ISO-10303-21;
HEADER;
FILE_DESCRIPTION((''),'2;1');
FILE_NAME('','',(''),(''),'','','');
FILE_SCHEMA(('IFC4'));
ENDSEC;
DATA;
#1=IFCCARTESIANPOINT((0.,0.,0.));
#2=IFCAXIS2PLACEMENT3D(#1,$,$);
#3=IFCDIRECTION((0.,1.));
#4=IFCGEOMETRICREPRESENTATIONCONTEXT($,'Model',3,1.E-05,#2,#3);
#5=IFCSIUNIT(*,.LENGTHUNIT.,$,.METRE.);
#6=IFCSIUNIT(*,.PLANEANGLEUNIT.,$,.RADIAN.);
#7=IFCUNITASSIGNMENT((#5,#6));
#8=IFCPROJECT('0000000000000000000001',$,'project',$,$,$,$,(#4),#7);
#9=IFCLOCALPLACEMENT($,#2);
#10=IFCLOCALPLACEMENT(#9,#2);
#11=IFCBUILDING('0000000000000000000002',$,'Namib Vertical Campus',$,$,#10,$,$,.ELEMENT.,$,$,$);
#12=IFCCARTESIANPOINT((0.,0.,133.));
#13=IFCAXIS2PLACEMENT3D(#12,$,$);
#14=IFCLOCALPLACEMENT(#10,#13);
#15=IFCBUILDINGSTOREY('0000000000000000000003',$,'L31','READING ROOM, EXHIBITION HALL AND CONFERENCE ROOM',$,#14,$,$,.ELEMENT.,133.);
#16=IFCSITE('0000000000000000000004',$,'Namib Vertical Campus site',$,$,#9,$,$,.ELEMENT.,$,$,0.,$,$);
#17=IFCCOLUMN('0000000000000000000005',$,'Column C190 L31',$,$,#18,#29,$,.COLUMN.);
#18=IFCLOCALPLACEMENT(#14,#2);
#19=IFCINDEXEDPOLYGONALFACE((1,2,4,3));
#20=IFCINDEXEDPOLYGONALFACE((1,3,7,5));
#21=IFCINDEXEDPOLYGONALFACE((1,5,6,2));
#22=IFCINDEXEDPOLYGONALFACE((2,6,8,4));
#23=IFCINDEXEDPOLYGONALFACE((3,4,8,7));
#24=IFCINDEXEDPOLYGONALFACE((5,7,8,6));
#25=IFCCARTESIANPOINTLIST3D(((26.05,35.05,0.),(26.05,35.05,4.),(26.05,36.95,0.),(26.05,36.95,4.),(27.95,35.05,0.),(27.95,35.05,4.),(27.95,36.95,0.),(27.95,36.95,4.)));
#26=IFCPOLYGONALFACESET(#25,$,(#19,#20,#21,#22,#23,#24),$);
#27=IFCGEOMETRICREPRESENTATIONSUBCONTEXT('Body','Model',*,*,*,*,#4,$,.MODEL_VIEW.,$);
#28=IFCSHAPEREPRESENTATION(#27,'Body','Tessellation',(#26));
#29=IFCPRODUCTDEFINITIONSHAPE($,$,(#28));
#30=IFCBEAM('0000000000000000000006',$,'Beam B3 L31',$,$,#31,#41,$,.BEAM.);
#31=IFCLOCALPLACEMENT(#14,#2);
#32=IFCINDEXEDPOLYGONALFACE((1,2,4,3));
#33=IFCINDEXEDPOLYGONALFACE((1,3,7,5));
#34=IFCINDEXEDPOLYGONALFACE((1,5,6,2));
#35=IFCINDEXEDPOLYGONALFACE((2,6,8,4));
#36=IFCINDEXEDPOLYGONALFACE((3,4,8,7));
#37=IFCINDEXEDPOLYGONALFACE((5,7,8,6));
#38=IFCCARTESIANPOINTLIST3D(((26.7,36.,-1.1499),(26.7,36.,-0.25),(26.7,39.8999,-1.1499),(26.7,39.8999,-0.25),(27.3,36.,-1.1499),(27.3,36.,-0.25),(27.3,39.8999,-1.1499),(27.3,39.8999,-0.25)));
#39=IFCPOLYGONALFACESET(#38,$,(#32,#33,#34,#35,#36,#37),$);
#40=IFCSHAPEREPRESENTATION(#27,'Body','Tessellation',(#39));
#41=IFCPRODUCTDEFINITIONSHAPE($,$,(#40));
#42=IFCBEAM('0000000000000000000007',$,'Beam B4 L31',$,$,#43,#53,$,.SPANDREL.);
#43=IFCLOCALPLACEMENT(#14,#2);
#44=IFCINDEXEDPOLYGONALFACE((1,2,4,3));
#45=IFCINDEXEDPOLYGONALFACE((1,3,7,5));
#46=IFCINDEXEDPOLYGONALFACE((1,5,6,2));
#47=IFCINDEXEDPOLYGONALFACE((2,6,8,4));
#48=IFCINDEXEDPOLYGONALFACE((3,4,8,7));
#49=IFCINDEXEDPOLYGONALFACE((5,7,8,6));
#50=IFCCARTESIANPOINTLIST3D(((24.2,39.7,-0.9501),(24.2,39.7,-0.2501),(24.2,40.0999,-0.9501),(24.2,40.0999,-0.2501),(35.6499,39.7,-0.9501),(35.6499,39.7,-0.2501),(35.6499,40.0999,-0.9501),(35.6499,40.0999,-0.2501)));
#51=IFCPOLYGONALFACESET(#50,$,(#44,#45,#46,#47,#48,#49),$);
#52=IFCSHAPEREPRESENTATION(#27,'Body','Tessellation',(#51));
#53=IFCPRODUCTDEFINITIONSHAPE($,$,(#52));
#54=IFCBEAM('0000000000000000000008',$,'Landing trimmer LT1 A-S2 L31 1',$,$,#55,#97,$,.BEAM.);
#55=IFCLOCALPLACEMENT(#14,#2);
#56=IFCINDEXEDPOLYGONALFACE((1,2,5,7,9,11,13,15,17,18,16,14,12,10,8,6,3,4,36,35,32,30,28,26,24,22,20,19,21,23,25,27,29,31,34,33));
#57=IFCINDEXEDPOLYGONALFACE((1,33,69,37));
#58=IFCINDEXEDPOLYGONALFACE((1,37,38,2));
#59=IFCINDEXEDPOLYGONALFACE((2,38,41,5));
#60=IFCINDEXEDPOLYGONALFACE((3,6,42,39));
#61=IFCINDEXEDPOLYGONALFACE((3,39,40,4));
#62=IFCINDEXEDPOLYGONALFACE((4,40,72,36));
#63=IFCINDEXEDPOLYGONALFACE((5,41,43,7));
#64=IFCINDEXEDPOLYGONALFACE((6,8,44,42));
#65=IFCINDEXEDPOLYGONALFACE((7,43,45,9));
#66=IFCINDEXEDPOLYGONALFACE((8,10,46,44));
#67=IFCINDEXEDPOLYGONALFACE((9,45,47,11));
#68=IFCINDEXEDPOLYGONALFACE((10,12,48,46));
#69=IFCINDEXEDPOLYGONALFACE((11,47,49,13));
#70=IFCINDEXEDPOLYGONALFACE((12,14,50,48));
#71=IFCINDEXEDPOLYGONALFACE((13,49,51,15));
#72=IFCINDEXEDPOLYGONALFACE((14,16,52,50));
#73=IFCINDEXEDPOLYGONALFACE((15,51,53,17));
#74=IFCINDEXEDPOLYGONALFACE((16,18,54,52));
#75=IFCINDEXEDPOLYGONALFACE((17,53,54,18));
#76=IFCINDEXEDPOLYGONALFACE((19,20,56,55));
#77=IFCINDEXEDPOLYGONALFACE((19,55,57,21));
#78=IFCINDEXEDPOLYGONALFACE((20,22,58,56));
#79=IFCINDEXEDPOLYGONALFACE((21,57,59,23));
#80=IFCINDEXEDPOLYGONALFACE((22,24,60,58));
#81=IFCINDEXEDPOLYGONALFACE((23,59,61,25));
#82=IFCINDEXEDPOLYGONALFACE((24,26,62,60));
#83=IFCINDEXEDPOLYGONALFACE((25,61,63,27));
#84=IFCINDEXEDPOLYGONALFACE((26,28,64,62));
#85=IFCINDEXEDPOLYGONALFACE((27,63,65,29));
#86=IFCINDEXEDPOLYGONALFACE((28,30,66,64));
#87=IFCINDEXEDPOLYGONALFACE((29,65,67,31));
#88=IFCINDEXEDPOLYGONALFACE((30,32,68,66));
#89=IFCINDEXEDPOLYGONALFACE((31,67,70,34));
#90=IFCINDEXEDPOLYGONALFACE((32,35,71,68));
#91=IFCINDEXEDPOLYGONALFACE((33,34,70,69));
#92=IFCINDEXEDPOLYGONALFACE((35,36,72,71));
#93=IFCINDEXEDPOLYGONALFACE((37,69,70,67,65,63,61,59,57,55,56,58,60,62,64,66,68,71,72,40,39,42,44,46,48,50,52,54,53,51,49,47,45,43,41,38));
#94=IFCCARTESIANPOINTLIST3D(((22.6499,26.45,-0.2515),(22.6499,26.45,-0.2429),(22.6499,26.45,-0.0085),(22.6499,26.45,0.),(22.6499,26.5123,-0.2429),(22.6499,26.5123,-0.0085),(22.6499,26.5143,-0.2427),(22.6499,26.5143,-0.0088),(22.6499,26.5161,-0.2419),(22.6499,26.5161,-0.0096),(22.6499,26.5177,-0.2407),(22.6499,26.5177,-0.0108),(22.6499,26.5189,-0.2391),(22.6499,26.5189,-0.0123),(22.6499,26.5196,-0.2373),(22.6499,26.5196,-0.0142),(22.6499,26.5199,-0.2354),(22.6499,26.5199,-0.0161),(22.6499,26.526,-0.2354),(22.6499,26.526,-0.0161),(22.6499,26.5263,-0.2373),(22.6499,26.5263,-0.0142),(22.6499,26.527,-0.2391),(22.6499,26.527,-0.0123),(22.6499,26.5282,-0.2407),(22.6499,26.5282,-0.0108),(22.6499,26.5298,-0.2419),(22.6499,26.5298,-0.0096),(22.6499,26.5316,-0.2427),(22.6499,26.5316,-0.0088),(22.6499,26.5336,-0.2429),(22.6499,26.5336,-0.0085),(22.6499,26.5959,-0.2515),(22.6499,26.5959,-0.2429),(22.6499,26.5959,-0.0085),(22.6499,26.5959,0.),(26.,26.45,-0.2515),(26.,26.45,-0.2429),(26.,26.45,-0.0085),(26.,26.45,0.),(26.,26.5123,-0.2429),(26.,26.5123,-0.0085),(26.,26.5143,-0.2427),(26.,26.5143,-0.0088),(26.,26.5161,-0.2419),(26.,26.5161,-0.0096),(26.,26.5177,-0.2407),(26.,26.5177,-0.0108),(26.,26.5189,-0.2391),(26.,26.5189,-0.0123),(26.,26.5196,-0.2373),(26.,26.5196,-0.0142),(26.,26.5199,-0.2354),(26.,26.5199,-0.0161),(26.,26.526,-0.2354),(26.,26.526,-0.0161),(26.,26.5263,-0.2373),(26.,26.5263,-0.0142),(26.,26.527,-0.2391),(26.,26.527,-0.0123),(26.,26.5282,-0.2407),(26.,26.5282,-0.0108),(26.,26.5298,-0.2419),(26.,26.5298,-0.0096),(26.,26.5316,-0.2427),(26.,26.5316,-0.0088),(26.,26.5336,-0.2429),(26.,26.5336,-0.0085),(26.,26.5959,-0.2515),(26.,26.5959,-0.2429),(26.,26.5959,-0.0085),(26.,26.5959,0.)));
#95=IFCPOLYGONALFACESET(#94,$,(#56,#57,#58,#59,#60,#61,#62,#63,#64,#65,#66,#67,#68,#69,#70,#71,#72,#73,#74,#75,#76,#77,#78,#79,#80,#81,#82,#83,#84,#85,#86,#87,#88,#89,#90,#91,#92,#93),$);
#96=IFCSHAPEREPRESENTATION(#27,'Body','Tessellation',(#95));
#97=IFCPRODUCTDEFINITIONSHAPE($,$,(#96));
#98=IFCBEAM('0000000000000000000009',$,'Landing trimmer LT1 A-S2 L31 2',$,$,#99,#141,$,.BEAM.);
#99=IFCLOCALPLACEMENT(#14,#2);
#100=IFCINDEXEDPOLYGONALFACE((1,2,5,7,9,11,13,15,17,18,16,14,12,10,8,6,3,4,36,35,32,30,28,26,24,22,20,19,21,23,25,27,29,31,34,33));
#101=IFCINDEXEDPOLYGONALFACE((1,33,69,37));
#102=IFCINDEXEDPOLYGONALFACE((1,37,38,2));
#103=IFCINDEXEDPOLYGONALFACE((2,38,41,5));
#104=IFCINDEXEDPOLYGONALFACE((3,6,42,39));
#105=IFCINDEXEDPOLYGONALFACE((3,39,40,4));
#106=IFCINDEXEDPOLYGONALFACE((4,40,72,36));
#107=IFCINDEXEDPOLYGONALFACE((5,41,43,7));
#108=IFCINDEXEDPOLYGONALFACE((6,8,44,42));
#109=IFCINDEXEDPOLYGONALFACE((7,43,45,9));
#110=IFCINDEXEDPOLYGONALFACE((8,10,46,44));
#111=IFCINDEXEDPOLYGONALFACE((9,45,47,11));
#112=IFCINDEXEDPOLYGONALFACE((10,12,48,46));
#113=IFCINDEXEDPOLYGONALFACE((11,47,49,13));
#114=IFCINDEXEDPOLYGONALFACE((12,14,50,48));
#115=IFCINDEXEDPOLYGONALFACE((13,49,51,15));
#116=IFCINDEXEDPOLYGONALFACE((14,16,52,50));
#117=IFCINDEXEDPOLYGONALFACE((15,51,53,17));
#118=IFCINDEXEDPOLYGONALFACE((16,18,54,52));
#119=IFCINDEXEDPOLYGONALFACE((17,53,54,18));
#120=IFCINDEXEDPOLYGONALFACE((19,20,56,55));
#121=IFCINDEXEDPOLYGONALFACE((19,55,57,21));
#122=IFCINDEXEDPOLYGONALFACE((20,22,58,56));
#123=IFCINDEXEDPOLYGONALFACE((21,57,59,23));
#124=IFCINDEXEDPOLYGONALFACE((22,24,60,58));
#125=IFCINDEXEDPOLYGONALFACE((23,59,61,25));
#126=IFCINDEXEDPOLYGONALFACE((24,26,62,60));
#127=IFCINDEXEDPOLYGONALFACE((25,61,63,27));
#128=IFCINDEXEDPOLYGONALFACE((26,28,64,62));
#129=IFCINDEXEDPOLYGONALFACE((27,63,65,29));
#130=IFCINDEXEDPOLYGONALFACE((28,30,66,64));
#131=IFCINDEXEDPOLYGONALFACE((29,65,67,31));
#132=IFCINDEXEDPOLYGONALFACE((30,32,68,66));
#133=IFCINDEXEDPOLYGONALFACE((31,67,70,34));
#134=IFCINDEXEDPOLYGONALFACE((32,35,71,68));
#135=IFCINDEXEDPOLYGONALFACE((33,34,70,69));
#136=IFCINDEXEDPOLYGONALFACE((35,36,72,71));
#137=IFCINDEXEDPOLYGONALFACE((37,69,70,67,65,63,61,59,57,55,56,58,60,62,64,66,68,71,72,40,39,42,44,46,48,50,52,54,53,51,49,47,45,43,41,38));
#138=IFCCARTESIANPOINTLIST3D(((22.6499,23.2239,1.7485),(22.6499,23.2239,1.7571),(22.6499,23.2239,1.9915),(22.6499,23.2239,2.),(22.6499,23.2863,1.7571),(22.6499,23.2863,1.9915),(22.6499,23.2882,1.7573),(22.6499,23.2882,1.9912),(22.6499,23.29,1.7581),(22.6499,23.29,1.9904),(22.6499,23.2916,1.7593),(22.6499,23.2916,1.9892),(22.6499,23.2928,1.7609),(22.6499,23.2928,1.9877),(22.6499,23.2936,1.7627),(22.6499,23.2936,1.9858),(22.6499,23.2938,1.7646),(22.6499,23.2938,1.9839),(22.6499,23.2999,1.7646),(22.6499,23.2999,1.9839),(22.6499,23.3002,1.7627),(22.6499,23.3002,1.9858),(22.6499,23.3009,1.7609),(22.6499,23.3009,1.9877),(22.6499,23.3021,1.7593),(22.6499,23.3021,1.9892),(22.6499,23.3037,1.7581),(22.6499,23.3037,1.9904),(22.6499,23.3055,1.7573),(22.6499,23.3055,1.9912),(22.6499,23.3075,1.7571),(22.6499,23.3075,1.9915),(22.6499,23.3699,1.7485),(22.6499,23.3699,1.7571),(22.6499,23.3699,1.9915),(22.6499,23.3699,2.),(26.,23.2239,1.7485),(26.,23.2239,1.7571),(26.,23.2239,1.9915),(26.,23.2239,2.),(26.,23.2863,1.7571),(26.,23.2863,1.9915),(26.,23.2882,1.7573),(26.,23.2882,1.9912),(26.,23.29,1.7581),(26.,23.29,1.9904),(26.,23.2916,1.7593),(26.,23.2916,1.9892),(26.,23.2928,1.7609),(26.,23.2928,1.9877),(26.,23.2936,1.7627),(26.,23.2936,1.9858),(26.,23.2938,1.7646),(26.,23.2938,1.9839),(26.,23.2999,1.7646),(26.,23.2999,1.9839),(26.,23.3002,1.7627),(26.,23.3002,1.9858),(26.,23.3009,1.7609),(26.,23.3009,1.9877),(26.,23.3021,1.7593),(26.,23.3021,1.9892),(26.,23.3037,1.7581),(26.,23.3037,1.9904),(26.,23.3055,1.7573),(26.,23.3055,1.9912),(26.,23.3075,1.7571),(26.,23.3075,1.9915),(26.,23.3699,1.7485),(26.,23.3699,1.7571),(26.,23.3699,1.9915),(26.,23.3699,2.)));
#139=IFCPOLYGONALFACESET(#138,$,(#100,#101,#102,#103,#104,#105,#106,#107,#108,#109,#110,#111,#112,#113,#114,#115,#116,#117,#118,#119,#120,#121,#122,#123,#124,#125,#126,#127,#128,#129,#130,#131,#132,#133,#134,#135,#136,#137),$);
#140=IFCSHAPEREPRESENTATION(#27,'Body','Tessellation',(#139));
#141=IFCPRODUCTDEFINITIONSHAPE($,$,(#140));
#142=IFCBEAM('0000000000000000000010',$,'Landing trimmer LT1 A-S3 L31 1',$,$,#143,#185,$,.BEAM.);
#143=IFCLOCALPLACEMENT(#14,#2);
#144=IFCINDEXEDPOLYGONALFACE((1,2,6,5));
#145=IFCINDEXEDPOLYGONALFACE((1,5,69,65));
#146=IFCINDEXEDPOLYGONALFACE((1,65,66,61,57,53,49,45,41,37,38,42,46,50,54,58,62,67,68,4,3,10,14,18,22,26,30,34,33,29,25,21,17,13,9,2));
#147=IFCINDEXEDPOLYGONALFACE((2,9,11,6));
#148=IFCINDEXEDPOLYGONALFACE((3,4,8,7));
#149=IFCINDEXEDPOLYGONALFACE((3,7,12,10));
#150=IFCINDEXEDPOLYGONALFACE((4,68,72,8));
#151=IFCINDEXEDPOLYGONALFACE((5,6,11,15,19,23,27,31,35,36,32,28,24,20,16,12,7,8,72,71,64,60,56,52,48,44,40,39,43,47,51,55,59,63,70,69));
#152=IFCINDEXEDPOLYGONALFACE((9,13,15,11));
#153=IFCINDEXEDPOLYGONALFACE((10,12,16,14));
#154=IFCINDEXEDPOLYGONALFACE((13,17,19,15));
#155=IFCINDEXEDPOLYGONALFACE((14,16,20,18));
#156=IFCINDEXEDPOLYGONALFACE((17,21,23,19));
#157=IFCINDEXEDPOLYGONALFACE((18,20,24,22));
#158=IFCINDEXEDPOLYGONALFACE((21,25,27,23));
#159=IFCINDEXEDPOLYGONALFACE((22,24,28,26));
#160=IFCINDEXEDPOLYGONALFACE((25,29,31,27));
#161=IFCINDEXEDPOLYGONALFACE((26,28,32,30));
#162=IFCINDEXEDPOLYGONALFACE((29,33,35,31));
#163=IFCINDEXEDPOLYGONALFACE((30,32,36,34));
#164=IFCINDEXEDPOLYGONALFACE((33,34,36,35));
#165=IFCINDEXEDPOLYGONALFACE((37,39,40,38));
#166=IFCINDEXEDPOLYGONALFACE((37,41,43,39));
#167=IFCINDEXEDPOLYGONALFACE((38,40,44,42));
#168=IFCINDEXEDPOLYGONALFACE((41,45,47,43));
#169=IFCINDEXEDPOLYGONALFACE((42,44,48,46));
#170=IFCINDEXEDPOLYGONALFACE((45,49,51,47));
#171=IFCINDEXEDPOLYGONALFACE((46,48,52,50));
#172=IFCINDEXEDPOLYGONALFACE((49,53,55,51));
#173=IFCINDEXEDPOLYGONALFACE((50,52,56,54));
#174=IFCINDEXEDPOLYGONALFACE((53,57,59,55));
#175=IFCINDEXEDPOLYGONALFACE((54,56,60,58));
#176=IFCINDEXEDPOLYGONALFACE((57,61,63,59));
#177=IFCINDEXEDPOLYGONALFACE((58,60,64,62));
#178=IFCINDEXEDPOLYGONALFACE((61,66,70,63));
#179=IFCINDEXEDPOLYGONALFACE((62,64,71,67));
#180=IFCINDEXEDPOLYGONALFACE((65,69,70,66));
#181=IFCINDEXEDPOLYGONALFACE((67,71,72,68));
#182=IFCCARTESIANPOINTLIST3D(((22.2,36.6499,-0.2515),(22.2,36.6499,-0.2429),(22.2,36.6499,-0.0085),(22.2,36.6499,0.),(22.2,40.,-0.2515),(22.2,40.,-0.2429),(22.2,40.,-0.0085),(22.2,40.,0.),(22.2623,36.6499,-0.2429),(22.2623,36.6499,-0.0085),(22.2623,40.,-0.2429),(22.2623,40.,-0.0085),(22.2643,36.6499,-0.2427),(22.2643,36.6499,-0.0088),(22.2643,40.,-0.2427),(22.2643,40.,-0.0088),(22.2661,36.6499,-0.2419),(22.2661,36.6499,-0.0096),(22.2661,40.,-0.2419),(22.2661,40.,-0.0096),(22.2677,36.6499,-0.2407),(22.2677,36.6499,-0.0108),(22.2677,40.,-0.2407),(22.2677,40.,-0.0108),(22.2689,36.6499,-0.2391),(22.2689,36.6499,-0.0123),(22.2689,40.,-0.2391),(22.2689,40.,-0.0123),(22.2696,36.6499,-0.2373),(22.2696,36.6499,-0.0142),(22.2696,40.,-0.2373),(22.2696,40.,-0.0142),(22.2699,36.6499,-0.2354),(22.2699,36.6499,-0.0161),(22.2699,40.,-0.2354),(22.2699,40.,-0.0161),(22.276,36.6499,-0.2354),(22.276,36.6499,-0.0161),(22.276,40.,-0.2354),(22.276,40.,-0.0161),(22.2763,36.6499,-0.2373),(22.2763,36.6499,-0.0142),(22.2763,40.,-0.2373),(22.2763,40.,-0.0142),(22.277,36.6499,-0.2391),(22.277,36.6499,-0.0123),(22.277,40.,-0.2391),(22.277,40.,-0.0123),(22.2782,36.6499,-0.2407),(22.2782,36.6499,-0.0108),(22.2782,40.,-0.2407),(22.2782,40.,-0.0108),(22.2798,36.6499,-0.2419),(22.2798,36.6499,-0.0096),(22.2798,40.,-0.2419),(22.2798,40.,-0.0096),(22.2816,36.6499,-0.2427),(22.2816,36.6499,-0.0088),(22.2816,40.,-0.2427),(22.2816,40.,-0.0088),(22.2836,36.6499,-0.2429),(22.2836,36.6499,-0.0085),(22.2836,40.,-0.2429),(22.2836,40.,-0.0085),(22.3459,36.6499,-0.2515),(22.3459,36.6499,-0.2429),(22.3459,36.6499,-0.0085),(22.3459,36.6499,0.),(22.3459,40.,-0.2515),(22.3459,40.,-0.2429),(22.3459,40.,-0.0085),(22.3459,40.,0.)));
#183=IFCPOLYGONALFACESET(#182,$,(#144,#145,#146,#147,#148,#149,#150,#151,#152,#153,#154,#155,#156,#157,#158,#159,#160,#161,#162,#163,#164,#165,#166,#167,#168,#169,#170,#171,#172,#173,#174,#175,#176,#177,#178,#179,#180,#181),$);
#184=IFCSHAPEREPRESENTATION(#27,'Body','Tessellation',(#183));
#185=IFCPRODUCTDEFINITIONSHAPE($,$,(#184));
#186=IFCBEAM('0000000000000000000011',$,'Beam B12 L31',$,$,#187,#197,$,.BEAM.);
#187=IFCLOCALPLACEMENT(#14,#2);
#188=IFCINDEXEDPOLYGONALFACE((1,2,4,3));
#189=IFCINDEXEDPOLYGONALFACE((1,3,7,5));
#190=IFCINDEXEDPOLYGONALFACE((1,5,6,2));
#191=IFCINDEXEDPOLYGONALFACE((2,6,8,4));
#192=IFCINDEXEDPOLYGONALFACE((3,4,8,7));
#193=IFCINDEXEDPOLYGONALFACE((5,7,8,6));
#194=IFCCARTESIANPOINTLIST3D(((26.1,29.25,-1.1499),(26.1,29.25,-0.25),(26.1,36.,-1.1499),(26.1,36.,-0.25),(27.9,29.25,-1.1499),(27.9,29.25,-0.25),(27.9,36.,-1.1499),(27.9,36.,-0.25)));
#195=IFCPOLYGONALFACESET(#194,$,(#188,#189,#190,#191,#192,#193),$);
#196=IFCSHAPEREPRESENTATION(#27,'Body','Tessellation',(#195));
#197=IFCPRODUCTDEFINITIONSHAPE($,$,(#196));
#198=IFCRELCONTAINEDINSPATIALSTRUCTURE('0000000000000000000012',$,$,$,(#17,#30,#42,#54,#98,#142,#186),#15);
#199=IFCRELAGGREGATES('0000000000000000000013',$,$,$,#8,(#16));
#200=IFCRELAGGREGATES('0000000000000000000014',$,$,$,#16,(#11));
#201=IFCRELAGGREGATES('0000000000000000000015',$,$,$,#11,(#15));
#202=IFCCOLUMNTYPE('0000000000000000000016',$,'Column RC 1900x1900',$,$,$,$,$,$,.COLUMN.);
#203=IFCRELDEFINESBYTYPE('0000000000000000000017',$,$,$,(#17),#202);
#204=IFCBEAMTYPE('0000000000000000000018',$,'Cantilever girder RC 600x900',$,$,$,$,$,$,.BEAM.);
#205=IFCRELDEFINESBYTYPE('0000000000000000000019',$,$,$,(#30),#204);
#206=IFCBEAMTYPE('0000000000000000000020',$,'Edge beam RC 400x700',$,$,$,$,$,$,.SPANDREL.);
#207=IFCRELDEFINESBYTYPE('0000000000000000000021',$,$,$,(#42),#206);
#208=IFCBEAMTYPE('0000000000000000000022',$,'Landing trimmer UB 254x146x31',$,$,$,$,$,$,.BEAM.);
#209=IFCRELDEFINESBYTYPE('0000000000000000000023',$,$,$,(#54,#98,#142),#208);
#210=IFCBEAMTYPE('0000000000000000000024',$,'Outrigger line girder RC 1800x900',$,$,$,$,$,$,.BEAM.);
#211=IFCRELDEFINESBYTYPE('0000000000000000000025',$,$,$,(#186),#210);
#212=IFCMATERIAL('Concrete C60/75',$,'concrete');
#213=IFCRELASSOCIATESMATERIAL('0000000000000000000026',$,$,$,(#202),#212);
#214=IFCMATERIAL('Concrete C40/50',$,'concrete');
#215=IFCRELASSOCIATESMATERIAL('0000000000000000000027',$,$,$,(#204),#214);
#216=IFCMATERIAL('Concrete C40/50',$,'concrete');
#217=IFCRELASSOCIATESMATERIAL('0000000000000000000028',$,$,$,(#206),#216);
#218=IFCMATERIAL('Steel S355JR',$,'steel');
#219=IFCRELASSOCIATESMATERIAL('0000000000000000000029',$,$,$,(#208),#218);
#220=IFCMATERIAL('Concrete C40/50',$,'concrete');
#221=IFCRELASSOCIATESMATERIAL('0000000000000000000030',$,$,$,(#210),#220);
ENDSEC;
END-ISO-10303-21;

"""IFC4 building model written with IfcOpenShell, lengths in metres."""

from ifc_helpers import new_model, si_unit, direction, frame, origin, origin_2d, place, context, subcontext, project, spatial, rectangle, i_section, extrude, material, material_profile, profile_set, type_object, element, save


model = new_model("IFC4")

# Units and contexts
model_context = context("Model", 3, precision=1e-05, world=origin(), true_north=direction((0.0, 1.0)))
body_context = subcontext(model_context, "Body", "Model", "MODEL_VIEW")
ifc_project = project(units=[si_unit("LENGTHUNIT", "METRE"), si_unit("PLANEANGLEUNIT", "RADIAN")], contexts=[model_context])

# Site, building, storey
site_placement = place(None, origin())
site = spatial("IfcSite", under=ifc_project, at=site_placement, Name="Namib Vertical Campus site", CompositionType="ELEMENT", RefElevation=0.0)
building_placement = place(site_placement, origin())
building = spatial("IfcBuilding", under=site, at=building_placement, Name="Namib Vertical Campus", CompositionType="ELEMENT")
storey_placement = place(building_placement, frame((0.0, 0.0, 133.0)))
storey = spatial("IfcBuildingStorey", under=building, at=storey_placement, Name="L31", Description="READING ROOM, EXHIBITION HALL AND CONFERENCE ROOM", CompositionType="ELEMENT", Elevation=133.0)

# Column
ifc_material_1 = material(Name="Concrete C60/75", Category="concrete")
ifc_material_profile_1 = material_profile(ifc_material_1, rectangle(XDim=1.8999, YDim=1.8999, at=origin_2d()))
ifc_profile_set_1 = profile_set([ifc_material_profile_1], Name="Concrete C60/75")
column_type = type_object("IfcColumnType", Name="Column RC 1900x1900", PredefinedType="COLUMN", material=ifc_profile_set_1)
column_placement = place(storey_placement, frame((27.0, 36.0, 0.0), z_axis=(0.0, 0.0, 1.0), x_axis=(1.0, 0.0, 0.0)))
element("IfcColumn", 1, at=column_placement, inside=storey, type_object=column_type, Name="Column C190 L31", PredefinedType="COLUMN", context=body_context, shape_type="SweptSolid", body=[
    extrude(rectangle(XDim=1.8999, YDim=1.8999, at=origin_2d()), origin(), (0.0, 0.0, 1.0), 4.0),
])

# Beams
ifc_material_2 = material(Name="Concrete C40/50", Category="concrete")
ifc_material_profile_2 = material_profile(ifc_material_2, rectangle(XDim=0.6001, YDim=0.8999, at=origin_2d()))
ifc_profile_set_2 = profile_set([ifc_material_profile_2], Name="Concrete C40/50")
beam_type_1 = type_object("IfcBeamType", Name="Cantilever girder RC 600x900", PredefinedType="BEAM", material=ifc_profile_set_2)
beam_1_placement = place(storey_placement, frame((27.0, 36.0, -0.7), z_axis=(0.0, 1.0, 0.0), x_axis=(-1.0, 0.0, 0.0)))
element("IfcBeam", 2, at=beam_1_placement, inside=storey, type_object=beam_type_1, Name="Beam B3 L31", PredefinedType="BEAM", context=body_context, shape_type="SweptSolid", body=[
    extrude(rectangle(XDim=0.6001, YDim=0.8999, at=origin_2d()), origin(), (0.0, 0.0, 1.0), 3.8999),
])
ifc_material_3 = material(Name="Concrete C40/50", Category="concrete")
ifc_material_profile_3 = material_profile(ifc_material_3, rectangle(XDim=0.3999, YDim=0.7, at=origin_2d()))
ifc_profile_set_3 = profile_set([ifc_material_profile_3], Name="Concrete C40/50")
beam_type_2 = type_object("IfcBeamType", Name="Edge beam RC 400x700", PredefinedType="SPANDREL", material=ifc_profile_set_3)
beam_2_placement = place(storey_placement, frame((24.2, 39.8999, -0.6001), z_axis=(1.0, 0.0, 0.0), x_axis=(0.0, 1.0, 0.0)))
element("IfcBeam", 3, at=beam_2_placement, inside=storey, type_object=beam_type_2, Name="Beam B4 L31", PredefinedType="SPANDREL", context=body_context, shape_type="SweptSolid", body=[
    extrude(rectangle(XDim=0.3999, YDim=0.7, at=origin_2d()), origin(), (0.0, 0.0, 1.0), 11.45),
])
ifc_material_4 = material(Name="Steel S355JR", Category="steel")
ifc_material_profile_4 = material_profile(ifc_material_4, i_section(OverallWidth=0.146, OverallDepth=0.2515, WebThickness=0.0061, FlangeThickness=0.0085, FilletRadius=0.0076, at=origin_2d()))
ifc_profile_set_4 = profile_set([ifc_material_profile_4], Name="Steel S355JR")
beam_type_3 = type_object("IfcBeamType", Name="Landing trimmer UB 254x146x31", PredefinedType="BEAM", material=ifc_profile_set_4)
for number, where, z_axis, x_axis, name in (
    (4, (22.6499, 26.5229, -0.1257), (1.0, 0.0, 0.0), (0.0, 1.0, 0.0), "Landing trimmer LT1 A-S2 L31 1"),
    (5, (22.6499, 23.2969, 1.8743), (1.0, 0.0, 0.0), (0.0, 1.0, 0.0), "Landing trimmer LT1 A-S2 L31 2"),
    (6, (22.2729, 36.6499, -0.1257), (0.0, 1.0, 0.0), (-1.0, 0.0, 0.0), "Landing trimmer LT1 A-S3 L31 1"),
):
    element("IfcBeam", number, at=place(storey_placement, frame(where, z_axis=z_axis, x_axis=x_axis)), inside=storey, type_object=beam_type_3, Name=name, PredefinedType="BEAM", context=body_context, shape_type="SweptSolid", body=[
        extrude(i_section(OverallWidth=0.146, OverallDepth=0.2515, WebThickness=0.0061, FlangeThickness=0.0085, FilletRadius=0.0076, at=origin_2d()), origin(), (0.0, 0.0, 1.0), 3.3501),
    ])
ifc_material_5 = material(Name="Concrete C40/50", Category="concrete")
ifc_material_profile_5 = material_profile(ifc_material_5, rectangle(XDim=1.8, YDim=0.8999, at=origin_2d()))
ifc_profile_set_5 = profile_set([ifc_material_profile_5], Name="Concrete C40/50")
beam_type_4 = type_object("IfcBeamType", Name="Outrigger line girder RC 1800x900", PredefinedType="BEAM", material=ifc_profile_set_5)
beam_3_placement = place(storey_placement, frame((27.0, 36.0, -0.7), z_axis=(0.0, -1.0, 0.0), x_axis=(1.0, 0.0, 0.0)))
element("IfcBeam", 7, at=beam_3_placement, inside=storey, type_object=beam_type_4, Name="Beam B12 L31", PredefinedType="BEAM", context=body_context, shape_type="SweptSolid", body=[
    extrude(rectangle(XDim=1.8, YDim=0.8999, at=origin_2d()), origin(), (0.0, 0.0, 1.0), 6.75),
])

save(model, "model.ifc")
